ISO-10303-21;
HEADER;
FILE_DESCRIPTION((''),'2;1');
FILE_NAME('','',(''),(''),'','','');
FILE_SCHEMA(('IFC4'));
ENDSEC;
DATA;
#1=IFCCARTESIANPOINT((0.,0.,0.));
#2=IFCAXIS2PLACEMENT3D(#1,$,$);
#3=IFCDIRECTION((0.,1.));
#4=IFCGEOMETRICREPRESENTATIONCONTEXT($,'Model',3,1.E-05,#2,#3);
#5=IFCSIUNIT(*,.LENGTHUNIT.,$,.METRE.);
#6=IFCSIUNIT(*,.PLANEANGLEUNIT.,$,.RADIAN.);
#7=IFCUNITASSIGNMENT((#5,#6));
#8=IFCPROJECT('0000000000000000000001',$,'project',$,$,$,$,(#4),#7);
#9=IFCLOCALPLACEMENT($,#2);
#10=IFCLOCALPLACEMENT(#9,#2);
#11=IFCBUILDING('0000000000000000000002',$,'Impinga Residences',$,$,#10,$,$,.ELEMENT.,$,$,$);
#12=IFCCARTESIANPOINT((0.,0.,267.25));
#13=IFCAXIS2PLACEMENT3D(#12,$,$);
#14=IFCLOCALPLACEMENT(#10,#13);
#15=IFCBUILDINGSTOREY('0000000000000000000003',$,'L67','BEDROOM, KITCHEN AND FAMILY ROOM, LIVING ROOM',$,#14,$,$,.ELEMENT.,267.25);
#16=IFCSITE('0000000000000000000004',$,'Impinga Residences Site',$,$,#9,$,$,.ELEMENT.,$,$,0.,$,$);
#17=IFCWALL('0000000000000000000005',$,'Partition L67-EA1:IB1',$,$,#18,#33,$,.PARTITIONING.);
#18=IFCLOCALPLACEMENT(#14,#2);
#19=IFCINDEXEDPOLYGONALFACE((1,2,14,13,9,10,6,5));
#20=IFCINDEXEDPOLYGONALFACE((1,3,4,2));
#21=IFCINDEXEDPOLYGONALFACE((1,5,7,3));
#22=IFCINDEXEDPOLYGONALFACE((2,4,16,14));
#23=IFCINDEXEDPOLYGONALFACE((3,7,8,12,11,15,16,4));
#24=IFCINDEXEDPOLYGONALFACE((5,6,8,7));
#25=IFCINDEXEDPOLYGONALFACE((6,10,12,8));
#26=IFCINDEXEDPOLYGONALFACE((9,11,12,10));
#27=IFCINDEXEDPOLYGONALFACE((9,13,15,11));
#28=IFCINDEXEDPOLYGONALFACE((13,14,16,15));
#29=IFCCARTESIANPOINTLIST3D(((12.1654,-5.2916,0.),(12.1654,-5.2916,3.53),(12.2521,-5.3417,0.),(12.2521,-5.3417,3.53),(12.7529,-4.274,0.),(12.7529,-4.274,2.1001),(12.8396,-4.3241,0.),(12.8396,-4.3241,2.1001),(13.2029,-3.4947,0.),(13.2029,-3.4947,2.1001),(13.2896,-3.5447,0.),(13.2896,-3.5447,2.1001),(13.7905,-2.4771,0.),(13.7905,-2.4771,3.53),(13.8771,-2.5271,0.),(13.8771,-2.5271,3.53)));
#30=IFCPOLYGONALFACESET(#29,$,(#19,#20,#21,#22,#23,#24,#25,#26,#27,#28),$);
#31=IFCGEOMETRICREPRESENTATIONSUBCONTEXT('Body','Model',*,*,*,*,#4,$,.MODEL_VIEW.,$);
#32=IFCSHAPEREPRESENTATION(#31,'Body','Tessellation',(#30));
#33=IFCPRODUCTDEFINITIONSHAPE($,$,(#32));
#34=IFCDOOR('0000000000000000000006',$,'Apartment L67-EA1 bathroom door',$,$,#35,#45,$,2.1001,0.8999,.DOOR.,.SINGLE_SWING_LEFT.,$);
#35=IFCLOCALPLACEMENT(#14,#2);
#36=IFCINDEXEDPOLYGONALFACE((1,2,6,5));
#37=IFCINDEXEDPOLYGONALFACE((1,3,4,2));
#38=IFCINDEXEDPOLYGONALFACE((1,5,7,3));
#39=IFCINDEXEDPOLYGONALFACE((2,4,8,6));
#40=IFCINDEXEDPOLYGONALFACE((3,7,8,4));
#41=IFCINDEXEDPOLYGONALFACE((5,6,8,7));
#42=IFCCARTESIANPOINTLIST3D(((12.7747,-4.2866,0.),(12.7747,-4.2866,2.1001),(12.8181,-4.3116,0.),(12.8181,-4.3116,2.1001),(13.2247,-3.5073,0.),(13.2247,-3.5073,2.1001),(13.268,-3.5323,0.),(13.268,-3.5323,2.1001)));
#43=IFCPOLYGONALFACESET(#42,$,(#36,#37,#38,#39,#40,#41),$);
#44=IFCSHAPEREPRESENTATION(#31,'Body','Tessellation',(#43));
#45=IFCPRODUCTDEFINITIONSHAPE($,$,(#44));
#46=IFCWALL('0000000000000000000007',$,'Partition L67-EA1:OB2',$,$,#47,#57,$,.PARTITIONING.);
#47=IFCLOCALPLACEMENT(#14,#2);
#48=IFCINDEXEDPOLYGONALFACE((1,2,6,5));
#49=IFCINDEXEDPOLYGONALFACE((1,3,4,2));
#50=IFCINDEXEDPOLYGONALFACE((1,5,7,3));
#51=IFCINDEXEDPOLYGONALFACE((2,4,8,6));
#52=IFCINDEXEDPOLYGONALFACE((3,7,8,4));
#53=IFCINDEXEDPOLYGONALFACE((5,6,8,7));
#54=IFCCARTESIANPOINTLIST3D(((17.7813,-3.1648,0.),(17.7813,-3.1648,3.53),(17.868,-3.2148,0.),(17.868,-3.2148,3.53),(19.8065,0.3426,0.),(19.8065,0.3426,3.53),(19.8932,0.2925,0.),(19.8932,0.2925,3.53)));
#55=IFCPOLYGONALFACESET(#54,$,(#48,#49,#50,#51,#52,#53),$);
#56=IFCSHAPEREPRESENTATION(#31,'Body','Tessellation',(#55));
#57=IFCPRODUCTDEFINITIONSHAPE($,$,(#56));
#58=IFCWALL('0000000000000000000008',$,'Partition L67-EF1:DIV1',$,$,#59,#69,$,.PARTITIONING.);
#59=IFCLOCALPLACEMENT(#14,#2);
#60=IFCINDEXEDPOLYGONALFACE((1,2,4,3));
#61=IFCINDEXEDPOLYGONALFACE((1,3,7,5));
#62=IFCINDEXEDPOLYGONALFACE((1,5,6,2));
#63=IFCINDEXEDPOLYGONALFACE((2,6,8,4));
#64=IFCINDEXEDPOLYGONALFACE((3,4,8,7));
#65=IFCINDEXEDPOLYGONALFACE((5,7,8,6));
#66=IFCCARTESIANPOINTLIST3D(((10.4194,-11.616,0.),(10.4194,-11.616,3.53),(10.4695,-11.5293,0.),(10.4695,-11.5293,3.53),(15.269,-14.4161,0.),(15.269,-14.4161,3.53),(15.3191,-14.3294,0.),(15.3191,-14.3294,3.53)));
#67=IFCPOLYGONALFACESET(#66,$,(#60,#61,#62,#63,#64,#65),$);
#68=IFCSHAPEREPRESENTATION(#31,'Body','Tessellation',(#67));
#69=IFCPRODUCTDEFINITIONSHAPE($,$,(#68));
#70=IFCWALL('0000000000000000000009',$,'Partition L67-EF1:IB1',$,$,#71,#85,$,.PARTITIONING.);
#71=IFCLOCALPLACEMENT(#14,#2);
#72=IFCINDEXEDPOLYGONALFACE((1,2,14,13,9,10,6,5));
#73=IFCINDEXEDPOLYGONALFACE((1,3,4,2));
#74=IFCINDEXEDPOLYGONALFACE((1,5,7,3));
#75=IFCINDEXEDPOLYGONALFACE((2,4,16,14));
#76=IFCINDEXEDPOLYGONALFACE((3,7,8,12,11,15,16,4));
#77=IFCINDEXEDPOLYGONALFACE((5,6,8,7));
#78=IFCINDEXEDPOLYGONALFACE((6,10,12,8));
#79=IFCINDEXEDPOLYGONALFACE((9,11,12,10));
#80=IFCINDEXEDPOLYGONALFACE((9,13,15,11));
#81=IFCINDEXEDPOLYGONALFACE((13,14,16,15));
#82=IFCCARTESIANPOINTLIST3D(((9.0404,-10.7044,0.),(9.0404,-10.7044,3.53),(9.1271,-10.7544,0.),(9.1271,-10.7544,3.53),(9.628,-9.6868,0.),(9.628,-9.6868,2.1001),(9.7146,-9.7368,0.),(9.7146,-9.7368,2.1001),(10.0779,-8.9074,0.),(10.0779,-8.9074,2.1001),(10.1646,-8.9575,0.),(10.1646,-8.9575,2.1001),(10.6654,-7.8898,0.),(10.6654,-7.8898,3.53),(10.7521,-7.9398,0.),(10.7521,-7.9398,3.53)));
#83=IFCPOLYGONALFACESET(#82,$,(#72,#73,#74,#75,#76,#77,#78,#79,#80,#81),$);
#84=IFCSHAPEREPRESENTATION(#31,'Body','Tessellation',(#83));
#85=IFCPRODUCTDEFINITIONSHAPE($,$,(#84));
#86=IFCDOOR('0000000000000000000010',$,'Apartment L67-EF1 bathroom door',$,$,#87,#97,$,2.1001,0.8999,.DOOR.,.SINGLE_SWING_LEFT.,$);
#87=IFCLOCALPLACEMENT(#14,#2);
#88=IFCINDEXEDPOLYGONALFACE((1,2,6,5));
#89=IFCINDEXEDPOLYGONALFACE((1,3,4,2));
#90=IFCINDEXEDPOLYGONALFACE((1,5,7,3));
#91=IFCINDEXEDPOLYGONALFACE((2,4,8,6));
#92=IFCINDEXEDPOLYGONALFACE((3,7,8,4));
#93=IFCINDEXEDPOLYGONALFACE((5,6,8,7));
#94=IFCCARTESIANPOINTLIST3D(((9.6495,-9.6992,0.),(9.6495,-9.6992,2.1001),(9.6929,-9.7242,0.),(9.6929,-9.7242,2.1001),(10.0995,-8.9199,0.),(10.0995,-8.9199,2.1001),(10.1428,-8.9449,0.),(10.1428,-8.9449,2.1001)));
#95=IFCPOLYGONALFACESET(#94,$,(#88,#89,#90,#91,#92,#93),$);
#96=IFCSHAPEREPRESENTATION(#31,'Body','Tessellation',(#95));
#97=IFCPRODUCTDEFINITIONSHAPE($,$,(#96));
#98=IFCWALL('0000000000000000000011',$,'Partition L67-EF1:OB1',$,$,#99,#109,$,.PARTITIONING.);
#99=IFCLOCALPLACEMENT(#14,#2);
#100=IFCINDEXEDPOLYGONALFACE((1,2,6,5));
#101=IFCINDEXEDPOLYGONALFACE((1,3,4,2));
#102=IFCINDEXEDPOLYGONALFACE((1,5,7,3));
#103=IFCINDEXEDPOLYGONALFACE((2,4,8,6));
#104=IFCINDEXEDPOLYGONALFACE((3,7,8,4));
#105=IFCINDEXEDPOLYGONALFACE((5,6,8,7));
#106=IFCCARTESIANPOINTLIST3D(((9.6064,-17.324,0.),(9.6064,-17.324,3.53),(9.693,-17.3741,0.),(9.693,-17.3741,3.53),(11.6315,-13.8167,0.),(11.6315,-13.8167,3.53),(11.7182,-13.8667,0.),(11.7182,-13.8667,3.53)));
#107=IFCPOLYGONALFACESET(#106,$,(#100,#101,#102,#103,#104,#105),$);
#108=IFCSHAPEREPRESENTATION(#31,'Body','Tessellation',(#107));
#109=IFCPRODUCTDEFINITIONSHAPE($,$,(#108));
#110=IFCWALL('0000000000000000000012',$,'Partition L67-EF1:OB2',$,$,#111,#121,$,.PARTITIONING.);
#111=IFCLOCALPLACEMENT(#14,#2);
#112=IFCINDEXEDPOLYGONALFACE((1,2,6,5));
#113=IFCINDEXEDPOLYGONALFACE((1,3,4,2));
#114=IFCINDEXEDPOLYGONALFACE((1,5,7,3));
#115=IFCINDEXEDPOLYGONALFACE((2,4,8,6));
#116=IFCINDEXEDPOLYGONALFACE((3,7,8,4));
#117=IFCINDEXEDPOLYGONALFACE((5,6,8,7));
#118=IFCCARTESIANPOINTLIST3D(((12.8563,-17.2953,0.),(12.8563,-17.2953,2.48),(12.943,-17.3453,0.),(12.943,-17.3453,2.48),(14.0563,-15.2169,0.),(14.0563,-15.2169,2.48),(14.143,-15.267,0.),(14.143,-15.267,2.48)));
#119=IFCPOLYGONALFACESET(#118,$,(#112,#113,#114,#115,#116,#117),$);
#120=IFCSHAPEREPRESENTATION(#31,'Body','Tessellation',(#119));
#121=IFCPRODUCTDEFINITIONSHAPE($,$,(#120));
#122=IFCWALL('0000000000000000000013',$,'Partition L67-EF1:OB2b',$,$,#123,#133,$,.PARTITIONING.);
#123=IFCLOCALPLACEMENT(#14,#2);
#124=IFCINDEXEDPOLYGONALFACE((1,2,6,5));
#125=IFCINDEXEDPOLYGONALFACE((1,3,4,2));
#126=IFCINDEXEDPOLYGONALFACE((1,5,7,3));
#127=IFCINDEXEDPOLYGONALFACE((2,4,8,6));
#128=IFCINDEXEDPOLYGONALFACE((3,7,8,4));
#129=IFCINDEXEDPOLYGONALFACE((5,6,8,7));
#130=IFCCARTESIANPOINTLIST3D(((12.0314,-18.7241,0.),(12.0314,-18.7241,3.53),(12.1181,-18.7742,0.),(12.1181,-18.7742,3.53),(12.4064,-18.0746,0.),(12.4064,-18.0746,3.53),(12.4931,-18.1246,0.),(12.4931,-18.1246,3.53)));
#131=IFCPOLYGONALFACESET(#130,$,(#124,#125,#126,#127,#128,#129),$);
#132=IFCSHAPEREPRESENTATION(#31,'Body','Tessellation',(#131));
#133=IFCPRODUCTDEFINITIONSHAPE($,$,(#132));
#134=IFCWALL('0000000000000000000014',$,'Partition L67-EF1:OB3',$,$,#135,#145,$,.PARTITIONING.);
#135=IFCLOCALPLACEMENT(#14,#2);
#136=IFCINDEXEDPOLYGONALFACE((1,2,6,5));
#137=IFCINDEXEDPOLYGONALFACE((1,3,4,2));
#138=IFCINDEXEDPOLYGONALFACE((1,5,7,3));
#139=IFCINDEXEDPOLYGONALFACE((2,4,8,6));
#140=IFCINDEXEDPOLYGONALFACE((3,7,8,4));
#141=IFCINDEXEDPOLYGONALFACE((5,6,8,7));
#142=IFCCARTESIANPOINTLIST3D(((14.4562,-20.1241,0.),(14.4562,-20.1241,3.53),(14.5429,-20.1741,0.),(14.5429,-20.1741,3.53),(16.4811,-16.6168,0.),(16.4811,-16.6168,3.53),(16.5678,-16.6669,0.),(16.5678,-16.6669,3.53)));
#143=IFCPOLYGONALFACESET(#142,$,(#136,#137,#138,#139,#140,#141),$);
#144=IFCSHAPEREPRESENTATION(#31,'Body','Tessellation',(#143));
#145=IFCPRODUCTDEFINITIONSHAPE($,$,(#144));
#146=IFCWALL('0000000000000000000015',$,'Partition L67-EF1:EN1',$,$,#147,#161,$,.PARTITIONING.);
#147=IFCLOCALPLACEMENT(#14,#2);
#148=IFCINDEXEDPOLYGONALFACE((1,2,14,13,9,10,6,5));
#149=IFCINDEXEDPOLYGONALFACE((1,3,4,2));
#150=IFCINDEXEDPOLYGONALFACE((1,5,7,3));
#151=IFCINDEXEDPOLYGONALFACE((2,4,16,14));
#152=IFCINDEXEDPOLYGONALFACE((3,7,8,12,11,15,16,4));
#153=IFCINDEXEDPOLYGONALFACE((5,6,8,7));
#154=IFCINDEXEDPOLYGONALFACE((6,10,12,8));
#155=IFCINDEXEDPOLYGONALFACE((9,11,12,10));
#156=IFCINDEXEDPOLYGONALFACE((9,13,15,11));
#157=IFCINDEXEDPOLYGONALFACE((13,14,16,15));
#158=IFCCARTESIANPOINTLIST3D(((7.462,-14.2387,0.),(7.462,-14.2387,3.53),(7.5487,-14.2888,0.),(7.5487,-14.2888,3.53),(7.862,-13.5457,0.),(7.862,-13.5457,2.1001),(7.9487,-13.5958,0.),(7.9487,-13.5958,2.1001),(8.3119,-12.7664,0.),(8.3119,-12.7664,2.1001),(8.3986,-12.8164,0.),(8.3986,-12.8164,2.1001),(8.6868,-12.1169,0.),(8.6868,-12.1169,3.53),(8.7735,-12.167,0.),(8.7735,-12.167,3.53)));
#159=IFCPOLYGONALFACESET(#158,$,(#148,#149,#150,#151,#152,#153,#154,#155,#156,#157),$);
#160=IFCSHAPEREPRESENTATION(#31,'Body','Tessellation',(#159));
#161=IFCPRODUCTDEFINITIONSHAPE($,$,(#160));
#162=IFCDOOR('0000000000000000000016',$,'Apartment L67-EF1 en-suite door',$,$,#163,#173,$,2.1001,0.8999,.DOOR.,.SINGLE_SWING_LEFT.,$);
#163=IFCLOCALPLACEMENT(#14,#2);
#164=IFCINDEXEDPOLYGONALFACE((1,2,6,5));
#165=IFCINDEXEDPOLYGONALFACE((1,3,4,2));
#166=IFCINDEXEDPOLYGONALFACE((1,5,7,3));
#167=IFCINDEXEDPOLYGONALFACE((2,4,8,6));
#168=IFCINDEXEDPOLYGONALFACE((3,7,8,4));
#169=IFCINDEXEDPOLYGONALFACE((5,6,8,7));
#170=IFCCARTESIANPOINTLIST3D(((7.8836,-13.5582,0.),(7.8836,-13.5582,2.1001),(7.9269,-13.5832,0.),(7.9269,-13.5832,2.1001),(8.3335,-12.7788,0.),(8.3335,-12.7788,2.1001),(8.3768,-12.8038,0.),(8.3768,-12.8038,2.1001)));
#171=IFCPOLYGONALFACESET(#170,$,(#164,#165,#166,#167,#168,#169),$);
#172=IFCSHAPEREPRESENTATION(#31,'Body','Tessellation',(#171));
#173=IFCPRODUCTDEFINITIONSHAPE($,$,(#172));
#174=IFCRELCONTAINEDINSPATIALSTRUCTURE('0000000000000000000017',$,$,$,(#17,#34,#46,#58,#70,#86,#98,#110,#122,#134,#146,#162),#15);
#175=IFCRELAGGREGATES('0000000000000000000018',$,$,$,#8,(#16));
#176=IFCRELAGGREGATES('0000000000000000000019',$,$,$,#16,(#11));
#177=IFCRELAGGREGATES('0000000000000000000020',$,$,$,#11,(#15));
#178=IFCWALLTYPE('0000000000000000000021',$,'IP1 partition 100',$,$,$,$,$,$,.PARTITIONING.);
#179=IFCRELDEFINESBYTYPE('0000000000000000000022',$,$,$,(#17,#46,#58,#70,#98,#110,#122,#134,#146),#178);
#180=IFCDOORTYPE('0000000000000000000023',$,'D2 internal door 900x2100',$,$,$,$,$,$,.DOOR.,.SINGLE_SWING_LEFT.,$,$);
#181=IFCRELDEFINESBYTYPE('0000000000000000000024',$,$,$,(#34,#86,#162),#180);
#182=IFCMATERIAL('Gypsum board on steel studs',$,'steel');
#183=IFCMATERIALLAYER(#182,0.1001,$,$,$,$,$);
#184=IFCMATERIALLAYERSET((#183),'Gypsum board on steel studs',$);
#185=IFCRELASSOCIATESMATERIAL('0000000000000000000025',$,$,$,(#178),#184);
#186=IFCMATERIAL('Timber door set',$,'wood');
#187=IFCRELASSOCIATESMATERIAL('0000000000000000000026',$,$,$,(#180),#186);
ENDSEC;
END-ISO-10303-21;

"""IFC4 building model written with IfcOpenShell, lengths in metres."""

from ifc_helpers import new_model, si_unit, direction, frame, frame_2d, origin, place, context, subcontext, project, spatial, rectangle, extrude, material, layer, layer_set, type_object, element, fill, save


model = new_model("IFC4")

# Units and contexts
model_context = context("Model", 3, precision=1e-05, world=origin(), true_north=direction((0.0, 1.0)))
body_context = subcontext(model_context, "Body", "Model", "MODEL_VIEW")
ifc_project = project(units=[si_unit("LENGTHUNIT", "METRE"), si_unit("PLANEANGLEUNIT", "RADIAN")], contexts=[model_context])

# Site, building, storey
site_placement = place(None, origin())
site = spatial("IfcSite", under=ifc_project, at=site_placement, Name="Impinga Residences Site", CompositionType="ELEMENT", RefElevation=0.0)
building_placement = place(site_placement, origin())
building = spatial("IfcBuilding", under=site, at=building_placement, Name="Impinga Residences", CompositionType="ELEMENT")
storey_placement = place(building_placement, frame((0.0, 0.0, 267.25)))
storey = spatial("IfcBuildingStorey", under=building, at=storey_placement, Name="L67", Description="BEDROOM, KITCHEN AND FAMILY ROOM, LIVING ROOM", CompositionType="ELEMENT", Elevation=267.25)

# Shared definitions
ifc_material_1 = material(Name="Timber door set", Category="wood")

# Shared definitions
ifc_material_2 = material(Name="Gypsum board on steel studs", Category="steel")
ifc_layer_1 = layer(ifc_material_2, 0.1001)
ifc_layer_set_1 = layer_set([ifc_layer_1], Name="Gypsum board on steel studs")
wall_type_1 = type_object("IfcWallType", Name="IP1 partition 100", PredefinedType="PARTITIONING", material=ifc_layer_set_1)

# Wall, opening, door
wall_1_placement = place(storey_placement, frame((12.2087, -5.3167, 0.0), z_axis=(0.0, 0.0, 1.0), x_axis=(0.500017, 0.866015, 0.0)))
wall_1 = element("IfcWall", 1, at=wall_1_placement, inside=storey, type_object=wall_type_1, Name="Partition L67-EA1:IB1", PredefinedType="PARTITIONING", context=body_context, shape_type="SweptSolid", body=[
    extrude(rectangle(XDim=3.25, YDim=0.1001, at=frame_2d((1.625, 0.0))), origin(), (0.0, 0.0, 1.0), 3.53),
])
opening_1_placement = place(wall_1_placement, frame((1.175, 0.0, 0.0)))
opening_1 = element("IfcOpeningElement", 2, at=opening_1_placement, cuts=wall_1, PredefinedType="OPENING", context=body_context, shape_type="SweptSolid", body=[
    extrude(rectangle(XDim=0.8999, YDim=2.1001, at=frame_2d((0.45, 1.05))), frame((0.0, 0.0601, 0.0), z_axis=(0.0, -1.0, 0.0), x_axis=(1.0, 0.0, 0.0)), (0.0, 0.0, 1.0), 0.1201),
])
door_type_1 = type_object("IfcDoorType", Name="D2 internal door 900x2100", OperationType="SINGLE_SWING_LEFT", PredefinedType="DOOR", material=ifc_material_1)
door_1_placement = place(opening_1_placement, origin())
door_1 = element("IfcDoor", 3, at=door_1_placement, inside=storey, type_object=door_type_1, Name="Apartment L67-EA1 bathroom door", OperationType="SINGLE_SWING_LEFT", OverallHeight=2.1001, OverallWidth=0.8999, PredefinedType="DOOR", context=body_context, shape_type="SweptSolid", body=[
    extrude(rectangle(XDim=0.8999, YDim=2.1001, at=frame_2d((0.45, 1.05))), frame((0.0, 0.0249, 0.0), z_axis=(0.0, -1.0, 0.0), x_axis=(1.0, 0.0, 0.0)), (0.0, 0.0, 1.0), 0.05),
])
fill(opening_1, door_1)

# Walls
wall_2_placement = place(storey_placement, frame((17.8247, -3.1897, 0.0), z_axis=(0.0, 0.0, 1.0), x_axis=(0.500036, 0.866005, 0.0)))
element("IfcWall", 4, at=wall_2_placement, inside=storey, type_object=wall_type_1, Name="Partition L67-EA1:OB2", PredefinedType="PARTITIONING", context=body_context, shape_type="SweptSolid", body=[
    extrude(rectangle(XDim=4.05, YDim=0.1001, at=frame_2d((2.0249, 0.0))), origin(), (0.0, 0.0, 1.0), 3.53),
])
wall_3_placement = place(storey_placement, frame((10.4446, -11.5728, 0.0), z_axis=(0.0, 0.0, 1.0), x_axis=(0.866016, -0.500017, 0.0)))
element("IfcWall", 5, at=wall_3_placement, inside=storey, type_object=wall_type_1, Name="Partition L67-EF1:DIV1", PredefinedType="PARTITIONING", context=body_context, shape_type="SweptSolid", body=[
    extrude(rectangle(XDim=5.5999, YDim=0.1001, at=frame_2d((2.7998, 0.0))), origin(), (0.0, 0.0, 1.0), 3.53),
])

# Wall, opening, door
wall_4_placement = place(storey_placement, frame((10.7087, -7.9148, 0.0), z_axis=(0.0, 0.0, 1.0), x_axis=(-0.499985, -0.866034, 0.0)))
wall_4 = element("IfcWall", 6, at=wall_4_placement, inside=storey, type_object=wall_type_1, Name="Partition L67-EF1:IB1", PredefinedType="PARTITIONING", context=body_context, shape_type="SweptSolid", body=[
    extrude(rectangle(XDim=3.25, YDim=0.1001, at=frame_2d((1.625, 0.0))), origin(), (0.0, 0.0, 1.0), 3.53),
])
opening_2_placement = place(wall_4_placement, frame((1.175, 0.0, 0.0)))
opening_2 = element("IfcOpeningElement", 7, at=opening_2_placement, cuts=wall_4, PredefinedType="OPENING", context=body_context, shape_type="SweptSolid", body=[
    extrude(rectangle(XDim=0.8999, YDim=2.1001, at=frame_2d((0.45, 1.05))), frame((0.0, 0.0601, 0.0), z_axis=(0.0, -1.0, 0.0), x_axis=(1.0, 0.0, 0.0)), (0.0, 0.0, 1.0), 0.1201),
])
door_2_placement = place(opening_2_placement, origin())
door_2 = element("IfcDoor", 8, at=door_2_placement, inside=storey, type_object=door_type_1, Name="Apartment L67-EF1 bathroom door", OperationType="SINGLE_SWING_LEFT", OverallHeight=2.1001, OverallWidth=0.8999, PredefinedType="DOOR", context=body_context, shape_type="SweptSolid", body=[
    extrude(rectangle(XDim=0.8999, YDim=2.1001, at=frame_2d((0.45, 1.05))), frame((0.0, 0.0249, 0.0), z_axis=(0.0, -1.0, 0.0), x_axis=(1.0, 0.0, 0.0)), (0.0, 0.0, 1.0), 0.05),
])
fill(opening_2, door_2)

# Walls
wall_5_placement = place(storey_placement, frame((11.6748, -13.8418, 0.0), z_axis=(0.0, 0.0, 1.0), x_axis=(-0.500036, -0.866005, 0.0)))
element("IfcWall", 9, at=wall_5_placement, inside=storey, type_object=wall_type_1, Name="Partition L67-EF1:OB1", PredefinedType="PARTITIONING", context=body_context, shape_type="SweptSolid", body=[
    extrude(rectangle(XDim=4.05, YDim=0.1001, at=frame_2d((2.0249, 0.0))), origin(), (0.0, 0.0, 1.0), 3.53),
])
wall_6_placement = place(storey_placement, frame((14.0996, -15.2419, 0.0), z_axis=(0.0, 0.0, 1.0), x_axis=(-0.500001, -0.866025, 0.0)))
element("IfcWall", 10, at=wall_6_placement, inside=storey, type_object=wall_type_1, Name="Partition L67-EF1:OB2", PredefinedType="PARTITIONING", context=body_context, shape_type="SweptSolid", body=[
    extrude(rectangle(XDim=2.3999, YDim=0.1001, at=frame_2d((1.2, 0.0))), origin(), (0.0, 0.0, 1.0), 2.48),
])
wall_7_placement = place(storey_placement, frame((12.4497, -18.0996, 0.0), z_axis=(0.0, 0.0, 1.0), x_axis=(-0.49992, -0.866072, 0.0)))
element("IfcWall", 11, at=wall_7_placement, inside=storey, type_object=wall_type_1, Name="Partition L67-EF1:OB2b", PredefinedType="PARTITIONING", context=body_context, shape_type="SweptSolid", body=[
    extrude(rectangle(XDim=0.75, YDim=0.1001, at=frame_2d((0.375, 0.0))), origin(), (0.0, 0.0, 1.0), 3.53),
])
wall_8_placement = place(storey_placement, frame((16.5244, -16.6418, 0.0), z_axis=(0.0, 0.0, 1.0), x_axis=(-0.49999, -0.866031, 0.0)))
element("IfcWall", 12, at=wall_8_placement, inside=storey, type_object=wall_type_1, Name="Partition L67-EF1:OB3", PredefinedType="PARTITIONING", context=body_context, shape_type="SweptSolid", body=[
    extrude(rectangle(XDim=4.0498, YDim=0.1001, at=frame_2d((2.0249, 0.0))), origin(), (0.0, 0.0, 1.0), 3.53),
])

# Wall, opening, door
wall_9_placement = place(storey_placement, frame((8.7302, -12.1418, 0.0), z_axis=(0.0, 0.0, 1.0), x_axis=(-0.499944, -0.866058, 0.0)))
wall_9 = element("IfcWall", 13, at=wall_9_placement, inside=storey, type_object=wall_type_1, Name="Partition L67-EF1:EN1", PredefinedType="PARTITIONING", context=body_context, shape_type="SweptSolid", body=[
    extrude(rectangle(XDim=2.45, YDim=0.1001, at=frame_2d((1.2251, 0.0))), origin(), (0.0, 0.0, 1.0), 3.53),
])
opening_3_placement = place(wall_9_placement, frame((0.75, 0.0, 0.0)))
opening_3 = element("IfcOpeningElement", 14, at=opening_3_placement, cuts=wall_9, PredefinedType="OPENING", context=body_context, shape_type="SweptSolid", body=[
    extrude(rectangle(XDim=0.8999, YDim=2.1001, at=frame_2d((0.45, 1.05))), frame((0.0, 0.0601, 0.0), z_axis=(0.0, -1.0, 0.0), x_axis=(1.0, 0.0, 0.0)), (0.0, 0.0, 1.0), 0.1201),
])
door_3_placement = place(opening_3_placement, origin())
door_3 = element("IfcDoor", 15, at=door_3_placement, inside=storey, type_object=door_type_1, Name="Apartment L67-EF1 en-suite door", OperationType="SINGLE_SWING_LEFT", OverallHeight=2.1001, OverallWidth=0.8999, PredefinedType="DOOR", context=body_context, shape_type="SweptSolid", body=[
    extrude(rectangle(XDim=0.8999, YDim=2.1001, at=frame_2d((0.45, 1.05))), frame((0.0, 0.0249, 0.0), z_axis=(0.0, -1.0, 0.0), x_axis=(1.0, 0.0, 0.0)), (0.0, 0.0, 1.0), 0.05),
])
fill(opening_3, door_3)

save(model, "model.ifc")
